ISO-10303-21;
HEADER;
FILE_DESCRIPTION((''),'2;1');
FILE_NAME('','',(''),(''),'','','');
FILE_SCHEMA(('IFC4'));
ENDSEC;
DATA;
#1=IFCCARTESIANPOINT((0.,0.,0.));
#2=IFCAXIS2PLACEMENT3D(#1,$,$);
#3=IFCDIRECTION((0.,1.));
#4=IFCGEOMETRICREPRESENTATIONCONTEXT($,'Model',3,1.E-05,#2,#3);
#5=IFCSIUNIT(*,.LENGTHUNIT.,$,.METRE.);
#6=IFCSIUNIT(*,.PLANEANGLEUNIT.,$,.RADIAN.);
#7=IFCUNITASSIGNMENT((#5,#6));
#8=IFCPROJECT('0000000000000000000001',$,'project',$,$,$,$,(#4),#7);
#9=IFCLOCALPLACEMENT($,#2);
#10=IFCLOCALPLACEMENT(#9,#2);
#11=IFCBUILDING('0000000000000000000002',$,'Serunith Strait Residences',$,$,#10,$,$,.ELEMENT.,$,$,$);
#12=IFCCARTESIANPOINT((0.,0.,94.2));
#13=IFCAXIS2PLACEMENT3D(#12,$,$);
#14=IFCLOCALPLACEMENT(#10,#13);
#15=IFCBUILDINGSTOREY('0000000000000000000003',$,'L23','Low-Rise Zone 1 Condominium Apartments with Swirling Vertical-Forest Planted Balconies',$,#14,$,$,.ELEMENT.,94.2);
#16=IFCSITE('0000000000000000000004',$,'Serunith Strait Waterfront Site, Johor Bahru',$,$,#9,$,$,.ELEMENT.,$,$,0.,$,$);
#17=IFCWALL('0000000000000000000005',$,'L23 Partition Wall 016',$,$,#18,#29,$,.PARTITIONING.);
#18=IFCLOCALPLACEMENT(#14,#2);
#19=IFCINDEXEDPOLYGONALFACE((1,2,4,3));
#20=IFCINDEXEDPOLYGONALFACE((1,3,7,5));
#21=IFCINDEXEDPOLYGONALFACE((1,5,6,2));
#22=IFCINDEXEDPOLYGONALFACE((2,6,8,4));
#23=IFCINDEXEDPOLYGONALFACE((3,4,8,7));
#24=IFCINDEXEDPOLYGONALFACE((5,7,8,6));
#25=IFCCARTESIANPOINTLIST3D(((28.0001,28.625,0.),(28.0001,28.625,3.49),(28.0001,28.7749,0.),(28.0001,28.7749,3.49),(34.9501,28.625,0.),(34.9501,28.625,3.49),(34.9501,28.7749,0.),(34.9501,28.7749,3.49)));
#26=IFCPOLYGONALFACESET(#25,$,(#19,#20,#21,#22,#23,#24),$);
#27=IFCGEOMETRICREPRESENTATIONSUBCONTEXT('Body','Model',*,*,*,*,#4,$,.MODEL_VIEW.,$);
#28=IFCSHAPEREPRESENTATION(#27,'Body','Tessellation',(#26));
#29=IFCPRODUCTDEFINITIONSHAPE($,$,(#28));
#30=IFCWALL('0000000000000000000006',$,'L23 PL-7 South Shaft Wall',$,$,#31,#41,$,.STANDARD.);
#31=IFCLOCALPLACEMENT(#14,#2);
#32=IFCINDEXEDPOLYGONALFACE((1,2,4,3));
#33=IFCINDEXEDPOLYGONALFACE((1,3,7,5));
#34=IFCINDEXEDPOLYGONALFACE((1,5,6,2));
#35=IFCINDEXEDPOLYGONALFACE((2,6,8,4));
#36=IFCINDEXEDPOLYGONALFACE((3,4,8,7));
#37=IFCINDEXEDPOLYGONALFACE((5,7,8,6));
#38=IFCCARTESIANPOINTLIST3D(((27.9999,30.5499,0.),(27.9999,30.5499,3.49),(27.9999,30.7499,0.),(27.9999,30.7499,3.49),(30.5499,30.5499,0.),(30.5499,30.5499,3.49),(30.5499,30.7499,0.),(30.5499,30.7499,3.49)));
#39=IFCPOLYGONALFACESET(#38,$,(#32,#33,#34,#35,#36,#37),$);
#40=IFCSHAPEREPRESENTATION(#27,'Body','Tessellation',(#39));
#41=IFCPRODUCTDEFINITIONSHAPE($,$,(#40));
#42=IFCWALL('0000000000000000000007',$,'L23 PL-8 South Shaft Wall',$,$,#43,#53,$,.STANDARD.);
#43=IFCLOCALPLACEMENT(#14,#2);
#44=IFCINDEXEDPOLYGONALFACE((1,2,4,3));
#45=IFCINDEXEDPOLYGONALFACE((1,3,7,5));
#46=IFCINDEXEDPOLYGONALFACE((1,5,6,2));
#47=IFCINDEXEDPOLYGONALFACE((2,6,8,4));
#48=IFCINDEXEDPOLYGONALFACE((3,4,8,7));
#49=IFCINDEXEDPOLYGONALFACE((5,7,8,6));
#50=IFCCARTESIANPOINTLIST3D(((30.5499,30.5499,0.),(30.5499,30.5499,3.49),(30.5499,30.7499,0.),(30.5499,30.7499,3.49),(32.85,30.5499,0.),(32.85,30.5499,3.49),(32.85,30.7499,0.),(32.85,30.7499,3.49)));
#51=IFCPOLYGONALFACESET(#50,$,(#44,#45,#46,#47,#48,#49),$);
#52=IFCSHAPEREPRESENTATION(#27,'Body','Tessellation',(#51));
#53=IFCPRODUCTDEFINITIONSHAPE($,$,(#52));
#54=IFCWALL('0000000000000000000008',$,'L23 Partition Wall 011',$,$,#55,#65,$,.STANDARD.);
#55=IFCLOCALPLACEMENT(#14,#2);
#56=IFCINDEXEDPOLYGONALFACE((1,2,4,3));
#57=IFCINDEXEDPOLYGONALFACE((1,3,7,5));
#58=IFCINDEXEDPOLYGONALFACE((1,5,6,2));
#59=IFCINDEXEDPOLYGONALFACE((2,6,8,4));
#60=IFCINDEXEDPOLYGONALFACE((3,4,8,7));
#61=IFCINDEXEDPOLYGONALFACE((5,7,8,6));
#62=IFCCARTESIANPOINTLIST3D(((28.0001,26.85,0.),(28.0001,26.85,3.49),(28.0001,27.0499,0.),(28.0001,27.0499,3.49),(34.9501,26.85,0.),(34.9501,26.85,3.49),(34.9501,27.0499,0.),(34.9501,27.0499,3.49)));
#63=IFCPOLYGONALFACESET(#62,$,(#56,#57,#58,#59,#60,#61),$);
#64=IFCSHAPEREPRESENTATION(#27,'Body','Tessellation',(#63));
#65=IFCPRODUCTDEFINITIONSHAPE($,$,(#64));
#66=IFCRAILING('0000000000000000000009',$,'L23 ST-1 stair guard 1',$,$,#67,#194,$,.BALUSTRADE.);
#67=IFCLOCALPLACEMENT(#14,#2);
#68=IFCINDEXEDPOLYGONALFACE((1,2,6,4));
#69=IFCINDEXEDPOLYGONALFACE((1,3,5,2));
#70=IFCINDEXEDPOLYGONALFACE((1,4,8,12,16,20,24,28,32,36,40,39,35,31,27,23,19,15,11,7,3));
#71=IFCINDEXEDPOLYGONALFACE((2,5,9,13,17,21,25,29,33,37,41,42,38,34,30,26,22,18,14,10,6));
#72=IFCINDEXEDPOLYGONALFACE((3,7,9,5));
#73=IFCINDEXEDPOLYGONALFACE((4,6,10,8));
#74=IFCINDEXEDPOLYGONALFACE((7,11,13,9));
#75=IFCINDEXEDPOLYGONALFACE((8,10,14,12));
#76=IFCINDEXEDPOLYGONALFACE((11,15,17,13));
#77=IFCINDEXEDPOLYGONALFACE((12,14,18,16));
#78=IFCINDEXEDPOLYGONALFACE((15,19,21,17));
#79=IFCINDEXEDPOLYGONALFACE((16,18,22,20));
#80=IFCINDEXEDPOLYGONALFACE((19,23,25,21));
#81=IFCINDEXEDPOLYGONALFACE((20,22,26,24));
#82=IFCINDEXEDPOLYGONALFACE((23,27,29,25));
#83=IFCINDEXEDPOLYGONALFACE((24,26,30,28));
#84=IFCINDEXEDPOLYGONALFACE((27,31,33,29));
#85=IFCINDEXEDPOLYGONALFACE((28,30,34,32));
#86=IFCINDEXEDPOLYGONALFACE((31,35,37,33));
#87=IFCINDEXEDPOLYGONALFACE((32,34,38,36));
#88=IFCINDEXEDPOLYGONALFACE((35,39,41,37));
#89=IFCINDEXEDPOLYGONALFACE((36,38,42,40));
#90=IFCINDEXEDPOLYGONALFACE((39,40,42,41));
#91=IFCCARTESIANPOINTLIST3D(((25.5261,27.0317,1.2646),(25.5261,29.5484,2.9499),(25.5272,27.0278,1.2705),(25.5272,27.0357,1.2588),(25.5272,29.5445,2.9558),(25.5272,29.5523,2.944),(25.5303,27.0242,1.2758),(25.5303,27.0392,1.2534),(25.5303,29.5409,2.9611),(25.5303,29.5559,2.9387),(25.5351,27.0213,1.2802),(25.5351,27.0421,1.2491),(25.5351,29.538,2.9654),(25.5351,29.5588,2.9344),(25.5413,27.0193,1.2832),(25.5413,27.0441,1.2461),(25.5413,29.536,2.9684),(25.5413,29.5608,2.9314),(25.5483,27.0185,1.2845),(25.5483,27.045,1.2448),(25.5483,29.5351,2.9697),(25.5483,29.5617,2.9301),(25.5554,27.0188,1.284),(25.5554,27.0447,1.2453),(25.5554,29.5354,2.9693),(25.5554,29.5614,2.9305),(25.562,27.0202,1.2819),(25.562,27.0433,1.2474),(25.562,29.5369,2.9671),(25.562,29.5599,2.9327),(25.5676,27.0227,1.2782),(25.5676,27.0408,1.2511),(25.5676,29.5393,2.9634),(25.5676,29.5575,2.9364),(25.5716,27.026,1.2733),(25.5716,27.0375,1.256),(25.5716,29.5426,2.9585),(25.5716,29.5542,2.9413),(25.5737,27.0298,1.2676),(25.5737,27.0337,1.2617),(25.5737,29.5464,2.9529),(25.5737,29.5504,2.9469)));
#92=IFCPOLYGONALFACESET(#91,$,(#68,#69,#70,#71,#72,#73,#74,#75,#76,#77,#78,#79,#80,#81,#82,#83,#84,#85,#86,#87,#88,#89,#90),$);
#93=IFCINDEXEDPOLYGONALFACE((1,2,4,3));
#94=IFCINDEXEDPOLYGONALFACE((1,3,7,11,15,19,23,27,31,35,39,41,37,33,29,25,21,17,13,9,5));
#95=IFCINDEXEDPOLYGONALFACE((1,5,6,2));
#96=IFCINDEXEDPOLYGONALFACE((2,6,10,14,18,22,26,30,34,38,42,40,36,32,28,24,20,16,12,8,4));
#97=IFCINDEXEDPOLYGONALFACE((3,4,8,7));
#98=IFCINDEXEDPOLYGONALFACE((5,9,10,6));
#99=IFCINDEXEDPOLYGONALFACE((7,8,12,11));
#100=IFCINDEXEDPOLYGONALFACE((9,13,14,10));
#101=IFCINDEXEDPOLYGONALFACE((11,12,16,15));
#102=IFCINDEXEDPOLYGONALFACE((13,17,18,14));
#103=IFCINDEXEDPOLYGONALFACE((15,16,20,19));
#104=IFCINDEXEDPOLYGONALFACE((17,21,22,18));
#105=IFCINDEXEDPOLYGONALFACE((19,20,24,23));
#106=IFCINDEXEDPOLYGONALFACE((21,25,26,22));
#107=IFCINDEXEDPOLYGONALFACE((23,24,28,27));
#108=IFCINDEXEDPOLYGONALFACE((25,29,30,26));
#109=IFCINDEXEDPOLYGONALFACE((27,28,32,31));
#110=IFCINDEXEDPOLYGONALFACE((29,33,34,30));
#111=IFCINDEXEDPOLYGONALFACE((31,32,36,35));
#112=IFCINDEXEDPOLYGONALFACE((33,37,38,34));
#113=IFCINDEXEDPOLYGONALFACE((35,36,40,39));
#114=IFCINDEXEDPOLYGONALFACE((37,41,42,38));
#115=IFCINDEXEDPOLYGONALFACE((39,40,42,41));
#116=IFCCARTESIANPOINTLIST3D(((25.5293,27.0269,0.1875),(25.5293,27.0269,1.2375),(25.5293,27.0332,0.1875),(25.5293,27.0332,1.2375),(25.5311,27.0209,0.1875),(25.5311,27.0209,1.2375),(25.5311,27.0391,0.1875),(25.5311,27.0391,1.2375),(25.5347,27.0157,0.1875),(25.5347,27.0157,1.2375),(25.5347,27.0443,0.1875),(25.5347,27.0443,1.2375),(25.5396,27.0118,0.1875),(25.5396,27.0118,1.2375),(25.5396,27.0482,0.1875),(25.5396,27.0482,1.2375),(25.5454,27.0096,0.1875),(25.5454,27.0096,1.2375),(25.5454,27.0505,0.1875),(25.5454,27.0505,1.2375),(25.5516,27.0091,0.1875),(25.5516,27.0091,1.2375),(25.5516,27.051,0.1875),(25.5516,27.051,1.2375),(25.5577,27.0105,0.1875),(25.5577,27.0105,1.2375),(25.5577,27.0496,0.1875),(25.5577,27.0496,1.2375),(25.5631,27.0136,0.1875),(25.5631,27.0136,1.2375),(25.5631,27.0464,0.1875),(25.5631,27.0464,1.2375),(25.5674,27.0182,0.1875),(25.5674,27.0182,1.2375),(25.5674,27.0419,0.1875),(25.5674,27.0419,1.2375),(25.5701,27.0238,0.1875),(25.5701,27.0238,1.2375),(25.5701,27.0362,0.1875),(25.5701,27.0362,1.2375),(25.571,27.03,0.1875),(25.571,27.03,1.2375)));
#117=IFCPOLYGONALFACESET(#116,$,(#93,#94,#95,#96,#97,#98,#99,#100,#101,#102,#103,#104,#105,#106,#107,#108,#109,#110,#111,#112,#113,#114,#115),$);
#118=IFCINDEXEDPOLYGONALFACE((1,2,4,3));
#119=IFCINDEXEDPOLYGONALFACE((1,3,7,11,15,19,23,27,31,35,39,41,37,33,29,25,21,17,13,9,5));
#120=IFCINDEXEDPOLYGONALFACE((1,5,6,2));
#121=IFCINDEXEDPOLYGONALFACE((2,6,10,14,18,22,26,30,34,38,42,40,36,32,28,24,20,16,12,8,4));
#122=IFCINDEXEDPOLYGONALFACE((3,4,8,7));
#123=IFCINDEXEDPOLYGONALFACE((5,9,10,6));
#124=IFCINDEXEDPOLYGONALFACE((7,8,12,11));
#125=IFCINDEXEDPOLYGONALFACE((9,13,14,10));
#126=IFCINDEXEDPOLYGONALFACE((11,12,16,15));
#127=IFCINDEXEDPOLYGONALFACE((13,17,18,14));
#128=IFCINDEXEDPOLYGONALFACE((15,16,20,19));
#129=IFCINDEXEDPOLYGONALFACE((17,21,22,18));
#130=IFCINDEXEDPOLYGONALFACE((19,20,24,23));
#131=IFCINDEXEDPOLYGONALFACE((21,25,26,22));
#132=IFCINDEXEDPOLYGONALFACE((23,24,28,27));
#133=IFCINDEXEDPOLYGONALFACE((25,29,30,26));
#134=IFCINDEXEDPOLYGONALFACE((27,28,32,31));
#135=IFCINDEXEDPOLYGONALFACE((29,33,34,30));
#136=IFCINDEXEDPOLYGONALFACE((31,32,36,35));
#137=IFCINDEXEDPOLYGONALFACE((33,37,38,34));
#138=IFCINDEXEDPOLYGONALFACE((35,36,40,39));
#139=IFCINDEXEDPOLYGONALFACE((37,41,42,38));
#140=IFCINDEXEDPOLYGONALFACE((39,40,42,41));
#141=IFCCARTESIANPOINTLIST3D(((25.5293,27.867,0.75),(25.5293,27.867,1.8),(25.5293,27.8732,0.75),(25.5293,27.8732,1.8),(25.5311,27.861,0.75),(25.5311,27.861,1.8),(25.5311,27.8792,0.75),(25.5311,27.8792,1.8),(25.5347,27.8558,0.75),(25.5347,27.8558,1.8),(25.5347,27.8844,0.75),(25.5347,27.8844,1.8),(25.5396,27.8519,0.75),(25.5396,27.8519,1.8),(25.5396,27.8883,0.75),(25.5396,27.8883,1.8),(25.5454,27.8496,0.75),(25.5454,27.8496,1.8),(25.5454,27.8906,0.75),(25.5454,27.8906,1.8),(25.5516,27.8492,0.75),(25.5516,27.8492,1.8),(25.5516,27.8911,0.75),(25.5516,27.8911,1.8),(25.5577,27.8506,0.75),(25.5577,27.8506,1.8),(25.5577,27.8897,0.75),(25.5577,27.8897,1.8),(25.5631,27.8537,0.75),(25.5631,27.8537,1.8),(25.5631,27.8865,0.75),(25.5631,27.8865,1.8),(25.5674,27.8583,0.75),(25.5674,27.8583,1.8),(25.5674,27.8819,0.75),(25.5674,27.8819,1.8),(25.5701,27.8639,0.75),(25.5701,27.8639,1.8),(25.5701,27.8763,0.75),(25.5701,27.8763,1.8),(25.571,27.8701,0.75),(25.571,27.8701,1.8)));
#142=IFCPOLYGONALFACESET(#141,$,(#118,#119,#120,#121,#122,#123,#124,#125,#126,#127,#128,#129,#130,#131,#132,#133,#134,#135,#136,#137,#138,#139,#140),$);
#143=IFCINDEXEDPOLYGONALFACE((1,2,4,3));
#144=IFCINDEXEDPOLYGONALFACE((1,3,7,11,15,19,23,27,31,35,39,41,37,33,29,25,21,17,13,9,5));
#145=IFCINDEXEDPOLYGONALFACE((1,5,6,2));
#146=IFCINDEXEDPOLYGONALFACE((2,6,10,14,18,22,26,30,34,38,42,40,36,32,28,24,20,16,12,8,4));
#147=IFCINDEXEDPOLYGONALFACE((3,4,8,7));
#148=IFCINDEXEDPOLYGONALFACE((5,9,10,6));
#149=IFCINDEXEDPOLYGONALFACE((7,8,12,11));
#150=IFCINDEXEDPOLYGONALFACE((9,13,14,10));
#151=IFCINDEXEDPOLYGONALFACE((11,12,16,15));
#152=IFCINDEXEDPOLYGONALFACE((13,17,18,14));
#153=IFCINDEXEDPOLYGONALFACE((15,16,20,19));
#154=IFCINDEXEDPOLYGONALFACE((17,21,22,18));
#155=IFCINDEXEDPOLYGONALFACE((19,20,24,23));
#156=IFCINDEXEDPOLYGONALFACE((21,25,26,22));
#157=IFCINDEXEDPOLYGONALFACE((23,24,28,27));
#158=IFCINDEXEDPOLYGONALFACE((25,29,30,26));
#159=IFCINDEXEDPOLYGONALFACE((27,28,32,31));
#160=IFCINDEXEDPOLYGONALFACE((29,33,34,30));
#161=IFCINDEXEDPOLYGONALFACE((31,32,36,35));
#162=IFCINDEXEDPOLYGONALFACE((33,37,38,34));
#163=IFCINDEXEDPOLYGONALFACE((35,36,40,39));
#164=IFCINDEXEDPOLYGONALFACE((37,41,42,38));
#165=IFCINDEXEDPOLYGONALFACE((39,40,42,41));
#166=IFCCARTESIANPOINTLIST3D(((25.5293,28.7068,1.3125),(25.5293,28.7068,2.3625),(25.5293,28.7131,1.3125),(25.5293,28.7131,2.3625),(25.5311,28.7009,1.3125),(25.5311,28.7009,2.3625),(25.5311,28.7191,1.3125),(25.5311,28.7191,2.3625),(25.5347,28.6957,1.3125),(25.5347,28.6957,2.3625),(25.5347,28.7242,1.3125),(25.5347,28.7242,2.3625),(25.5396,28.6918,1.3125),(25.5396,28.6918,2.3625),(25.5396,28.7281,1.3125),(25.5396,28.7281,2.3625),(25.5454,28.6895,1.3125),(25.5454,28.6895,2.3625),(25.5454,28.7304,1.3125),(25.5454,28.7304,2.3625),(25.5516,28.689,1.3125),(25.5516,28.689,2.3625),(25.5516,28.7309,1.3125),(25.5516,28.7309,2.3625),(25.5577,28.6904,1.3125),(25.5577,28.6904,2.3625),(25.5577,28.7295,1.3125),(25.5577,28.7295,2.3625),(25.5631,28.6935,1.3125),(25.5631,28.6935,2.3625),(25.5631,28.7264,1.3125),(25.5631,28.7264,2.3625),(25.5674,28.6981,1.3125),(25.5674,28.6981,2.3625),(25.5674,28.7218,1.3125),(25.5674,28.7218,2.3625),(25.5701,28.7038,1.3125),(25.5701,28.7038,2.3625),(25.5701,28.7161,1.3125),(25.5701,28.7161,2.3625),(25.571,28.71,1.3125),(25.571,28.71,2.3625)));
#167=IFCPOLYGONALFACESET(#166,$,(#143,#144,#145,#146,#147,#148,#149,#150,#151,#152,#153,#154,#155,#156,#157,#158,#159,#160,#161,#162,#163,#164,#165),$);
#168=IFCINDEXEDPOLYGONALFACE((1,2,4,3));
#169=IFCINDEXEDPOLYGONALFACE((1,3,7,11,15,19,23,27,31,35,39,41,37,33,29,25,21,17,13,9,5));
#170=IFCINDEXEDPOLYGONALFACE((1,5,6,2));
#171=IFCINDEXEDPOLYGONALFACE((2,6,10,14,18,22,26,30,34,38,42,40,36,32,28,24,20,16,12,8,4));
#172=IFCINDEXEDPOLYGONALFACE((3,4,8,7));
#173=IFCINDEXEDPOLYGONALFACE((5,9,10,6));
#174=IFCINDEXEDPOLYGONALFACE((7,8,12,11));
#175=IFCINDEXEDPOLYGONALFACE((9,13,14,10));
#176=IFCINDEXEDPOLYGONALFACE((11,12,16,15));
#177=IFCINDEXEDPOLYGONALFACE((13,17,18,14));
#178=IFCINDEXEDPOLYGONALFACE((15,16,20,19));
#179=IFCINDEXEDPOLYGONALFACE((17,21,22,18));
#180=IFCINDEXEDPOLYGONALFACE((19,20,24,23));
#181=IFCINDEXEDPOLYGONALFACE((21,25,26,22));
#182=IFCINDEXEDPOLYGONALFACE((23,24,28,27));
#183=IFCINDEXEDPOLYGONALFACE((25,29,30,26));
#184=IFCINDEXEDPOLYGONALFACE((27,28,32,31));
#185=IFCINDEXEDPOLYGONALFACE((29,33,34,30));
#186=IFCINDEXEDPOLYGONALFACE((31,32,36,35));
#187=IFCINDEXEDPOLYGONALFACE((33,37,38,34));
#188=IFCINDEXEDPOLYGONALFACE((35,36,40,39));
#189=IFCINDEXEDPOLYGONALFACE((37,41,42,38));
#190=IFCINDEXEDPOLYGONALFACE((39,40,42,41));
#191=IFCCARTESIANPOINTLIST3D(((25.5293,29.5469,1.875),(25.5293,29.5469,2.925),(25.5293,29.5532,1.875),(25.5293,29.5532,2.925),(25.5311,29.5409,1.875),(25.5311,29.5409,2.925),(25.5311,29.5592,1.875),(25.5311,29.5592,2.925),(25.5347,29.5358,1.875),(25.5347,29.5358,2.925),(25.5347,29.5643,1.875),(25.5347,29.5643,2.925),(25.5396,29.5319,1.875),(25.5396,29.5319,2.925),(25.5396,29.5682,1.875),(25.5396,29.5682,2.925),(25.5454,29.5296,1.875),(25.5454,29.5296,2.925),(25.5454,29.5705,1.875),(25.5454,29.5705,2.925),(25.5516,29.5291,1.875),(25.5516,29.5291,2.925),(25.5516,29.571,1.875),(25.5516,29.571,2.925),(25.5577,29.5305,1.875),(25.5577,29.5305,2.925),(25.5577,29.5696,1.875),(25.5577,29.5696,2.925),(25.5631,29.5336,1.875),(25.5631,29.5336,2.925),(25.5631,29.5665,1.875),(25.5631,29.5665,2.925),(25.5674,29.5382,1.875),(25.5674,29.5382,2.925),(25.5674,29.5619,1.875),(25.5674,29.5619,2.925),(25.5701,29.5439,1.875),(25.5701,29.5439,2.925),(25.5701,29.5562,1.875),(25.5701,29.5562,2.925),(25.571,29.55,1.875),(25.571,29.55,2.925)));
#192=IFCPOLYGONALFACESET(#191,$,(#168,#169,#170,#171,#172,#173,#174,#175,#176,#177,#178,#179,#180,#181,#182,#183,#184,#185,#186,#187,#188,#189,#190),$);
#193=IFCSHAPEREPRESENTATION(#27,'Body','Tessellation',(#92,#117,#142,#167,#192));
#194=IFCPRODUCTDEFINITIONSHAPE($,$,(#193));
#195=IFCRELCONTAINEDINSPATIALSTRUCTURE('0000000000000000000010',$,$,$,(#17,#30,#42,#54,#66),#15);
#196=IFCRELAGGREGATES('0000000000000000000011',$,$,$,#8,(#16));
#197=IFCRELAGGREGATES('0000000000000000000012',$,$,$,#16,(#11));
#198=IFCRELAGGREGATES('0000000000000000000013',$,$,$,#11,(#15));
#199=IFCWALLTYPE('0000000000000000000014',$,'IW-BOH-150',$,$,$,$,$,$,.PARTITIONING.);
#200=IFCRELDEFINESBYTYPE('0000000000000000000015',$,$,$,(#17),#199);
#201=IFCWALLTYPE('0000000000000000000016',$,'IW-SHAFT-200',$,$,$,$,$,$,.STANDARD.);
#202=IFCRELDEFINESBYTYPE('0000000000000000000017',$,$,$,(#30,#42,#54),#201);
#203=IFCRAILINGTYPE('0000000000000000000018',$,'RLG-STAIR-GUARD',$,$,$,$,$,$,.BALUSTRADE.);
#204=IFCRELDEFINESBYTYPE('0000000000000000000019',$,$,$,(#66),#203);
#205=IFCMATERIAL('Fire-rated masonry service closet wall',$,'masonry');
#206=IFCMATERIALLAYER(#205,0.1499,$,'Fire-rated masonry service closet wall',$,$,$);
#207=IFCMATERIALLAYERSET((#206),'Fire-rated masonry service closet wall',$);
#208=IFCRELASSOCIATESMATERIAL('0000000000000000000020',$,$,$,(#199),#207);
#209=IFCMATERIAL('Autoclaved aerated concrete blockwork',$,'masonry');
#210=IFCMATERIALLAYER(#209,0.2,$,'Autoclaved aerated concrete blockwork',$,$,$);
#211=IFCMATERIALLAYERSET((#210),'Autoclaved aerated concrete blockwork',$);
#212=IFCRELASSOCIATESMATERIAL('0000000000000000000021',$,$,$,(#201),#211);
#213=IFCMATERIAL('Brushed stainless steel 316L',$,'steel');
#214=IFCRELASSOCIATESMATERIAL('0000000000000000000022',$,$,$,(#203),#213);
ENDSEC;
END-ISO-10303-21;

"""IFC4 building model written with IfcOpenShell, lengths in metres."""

from ifc_helpers import new_model, si_unit, direction, frame, frame_2d, origin, origin_2d, place, context, subcontext, project, spatial, rectangle, circle, extrude, material, layer, layer_set, type_object, element, save


model = new_model("IFC4")

# Units and contexts
model_context = context("Model", 3, precision=1e-05, world=origin(), true_north=direction((0.0, 1.0)))
body_context = subcontext(model_context, "Body", "Model", "MODEL_VIEW")
ifc_project = project(units=[si_unit("LENGTHUNIT", "METRE"), si_unit("PLANEANGLEUNIT", "RADIAN")], contexts=[model_context])

# Site, building, storey
site_placement = place(None, origin())
site = spatial("IfcSite", under=ifc_project, at=site_placement, Name="Serunith Strait Waterfront Site, Johor Bahru", CompositionType="ELEMENT", RefElevation=0.0)
building_placement = place(site_placement, origin())
building = spatial("IfcBuilding", under=site, at=building_placement, Name="Serunith Strait Residences", CompositionType="ELEMENT")
storey_placement = place(building_placement, frame((0.0, 0.0, 94.2)))
storey = spatial("IfcBuildingStorey", under=building, at=storey_placement, Name="L23", Description="Low-Rise Zone 1 Condominium Apartments with Swirling Vertical-Forest Planted Balconies", CompositionType="ELEMENT", Elevation=94.2)

# Walls
ifc_material_1 = material(Name="Fire-rated masonry service closet wall", Category="masonry")
ifc_layer_1 = layer(ifc_material_1, 0.1499, Name="Fire-rated masonry service closet wall")
ifc_layer_set_1 = layer_set([ifc_layer_1], Name="Fire-rated masonry service closet wall")
wall_type_1 = type_object("IfcWallType", Name="IW-BOH-150", PredefinedType="PARTITIONING", material=ifc_layer_set_1)
wall_1_placement = place(storey_placement, frame((28.0, 28.7, 0.0), z_axis=(0.0, 0.0, 1.0), x_axis=(1.0, 0.0, 0.0)))
element("IfcWall", 1, at=wall_1_placement, inside=storey, type_object=wall_type_1, Name="L23 Partition Wall 016", PredefinedType="PARTITIONING", context=body_context, shape_type="SweptSolid", body=[
    extrude(rectangle(XDim=6.95, YDim=0.1499, at=frame_2d((3.4751, 0.0))), origin(), (0.0, 0.0, 1.0), 3.49),
])
ifc_material_2 = material(Name="Autoclaved aerated concrete blockwork", Category="masonry")
ifc_layer_2 = layer(ifc_material_2, 0.2, Name="Autoclaved aerated concrete blockwork")
ifc_layer_set_2 = layer_set([ifc_layer_2], Name="Autoclaved aerated concrete blockwork")
wall_type_2 = type_object("IfcWallType", Name="IW-SHAFT-200", PredefinedType="STANDARD", material=ifc_layer_set_2)
wall_2_placement = place(storey_placement, frame((28.0, 30.6499, 0.0), z_axis=(0.0, 0.0, 1.0), x_axis=(1.0, 0.0, 0.0)))
element("IfcWall", 2, at=wall_2_placement, inside=storey, type_object=wall_type_2, Name="L23 PL-7 South Shaft Wall", PredefinedType="STANDARD", context=body_context, shape_type="SweptSolid", body=[
    extrude(rectangle(XDim=2.55, YDim=0.2, at=frame_2d((1.2749, 0.0))), origin(), (0.0, 0.0, 1.0), 3.49),
])
wall_3_placement = place(storey_placement, frame((30.55, 30.6499, 0.0), z_axis=(0.0, 0.0, 1.0), x_axis=(1.0, 0.0, 0.0)))
element("IfcWall", 3, at=wall_3_placement, inside=storey, type_object=wall_type_2, Name="L23 PL-8 South Shaft Wall", PredefinedType="STANDARD", context=body_context, shape_type="SweptSolid", body=[
    extrude(rectangle(XDim=2.3, YDim=0.2, at=frame_2d((1.1499, 0.0))), origin(), (0.0, 0.0, 1.0), 3.49),
])
wall_4_placement = place(storey_placement, frame((28.0, 26.95, 0.0), z_axis=(0.0, 0.0, 1.0), x_axis=(1.0, 0.0, 0.0)))
element("IfcWall", 4, at=wall_4_placement, inside=storey, type_object=wall_type_2, Name="L23 Partition Wall 011", PredefinedType="STANDARD", context=body_context, shape_type="SweptSolid", body=[
    extrude(rectangle(XDim=6.95, YDim=0.2, at=frame_2d((3.4751, 0.0))), origin(), (0.0, 0.0, 1.0), 3.49),
])

# Railing
ifc_material_3 = material(Name="Brushed stainless steel 316L", Category="steel")
railing_type_1 = type_object("IfcRailingType", Name="RLG-STAIR-GUARD", PredefinedType="BALUSTRADE", material=ifc_material_3)
railing_1_placement = place(storey_placement, frame((25.55, 27.03, 0.1875)))
element("IfcRailing", 5, at=railing_1_placement, inside=storey, type_object=railing_type_1, Name="L23 ST-1 stair guard 1", PredefinedType="BALUSTRADE", context=body_context, shape_type="SweptSolid", body=[
    extrude(circle(Radius=0.0239, at=origin_2d()), frame((0.0, 0.0017, 1.0771), z_axis=(0.0, 0.830909, 0.556408), x_axis=(-1.0, 0.0, 0.0)), (0.0, 0.0, 1.0), 3.0288),
    extrude(circle(Radius=0.021, at=origin_2d()), origin(), (0.0, 0.0, 1.0), 1.05),
    extrude(circle(Radius=0.021, at=origin_2d()), frame((0.0, 0.8401, 0.5625)), (0.0, 0.0, 1.0), 1.05),
    extrude(circle(Radius=0.021, at=origin_2d()), frame((0.0, 1.6799, 1.125)), (0.0, 0.0, 1.0), 1.05),
    extrude(circle(Radius=0.021, at=origin_2d()), frame((0.0, 2.52, 1.6875)), (0.0, 0.0, 1.0), 1.05),
])

save(model, "model.ifc")
